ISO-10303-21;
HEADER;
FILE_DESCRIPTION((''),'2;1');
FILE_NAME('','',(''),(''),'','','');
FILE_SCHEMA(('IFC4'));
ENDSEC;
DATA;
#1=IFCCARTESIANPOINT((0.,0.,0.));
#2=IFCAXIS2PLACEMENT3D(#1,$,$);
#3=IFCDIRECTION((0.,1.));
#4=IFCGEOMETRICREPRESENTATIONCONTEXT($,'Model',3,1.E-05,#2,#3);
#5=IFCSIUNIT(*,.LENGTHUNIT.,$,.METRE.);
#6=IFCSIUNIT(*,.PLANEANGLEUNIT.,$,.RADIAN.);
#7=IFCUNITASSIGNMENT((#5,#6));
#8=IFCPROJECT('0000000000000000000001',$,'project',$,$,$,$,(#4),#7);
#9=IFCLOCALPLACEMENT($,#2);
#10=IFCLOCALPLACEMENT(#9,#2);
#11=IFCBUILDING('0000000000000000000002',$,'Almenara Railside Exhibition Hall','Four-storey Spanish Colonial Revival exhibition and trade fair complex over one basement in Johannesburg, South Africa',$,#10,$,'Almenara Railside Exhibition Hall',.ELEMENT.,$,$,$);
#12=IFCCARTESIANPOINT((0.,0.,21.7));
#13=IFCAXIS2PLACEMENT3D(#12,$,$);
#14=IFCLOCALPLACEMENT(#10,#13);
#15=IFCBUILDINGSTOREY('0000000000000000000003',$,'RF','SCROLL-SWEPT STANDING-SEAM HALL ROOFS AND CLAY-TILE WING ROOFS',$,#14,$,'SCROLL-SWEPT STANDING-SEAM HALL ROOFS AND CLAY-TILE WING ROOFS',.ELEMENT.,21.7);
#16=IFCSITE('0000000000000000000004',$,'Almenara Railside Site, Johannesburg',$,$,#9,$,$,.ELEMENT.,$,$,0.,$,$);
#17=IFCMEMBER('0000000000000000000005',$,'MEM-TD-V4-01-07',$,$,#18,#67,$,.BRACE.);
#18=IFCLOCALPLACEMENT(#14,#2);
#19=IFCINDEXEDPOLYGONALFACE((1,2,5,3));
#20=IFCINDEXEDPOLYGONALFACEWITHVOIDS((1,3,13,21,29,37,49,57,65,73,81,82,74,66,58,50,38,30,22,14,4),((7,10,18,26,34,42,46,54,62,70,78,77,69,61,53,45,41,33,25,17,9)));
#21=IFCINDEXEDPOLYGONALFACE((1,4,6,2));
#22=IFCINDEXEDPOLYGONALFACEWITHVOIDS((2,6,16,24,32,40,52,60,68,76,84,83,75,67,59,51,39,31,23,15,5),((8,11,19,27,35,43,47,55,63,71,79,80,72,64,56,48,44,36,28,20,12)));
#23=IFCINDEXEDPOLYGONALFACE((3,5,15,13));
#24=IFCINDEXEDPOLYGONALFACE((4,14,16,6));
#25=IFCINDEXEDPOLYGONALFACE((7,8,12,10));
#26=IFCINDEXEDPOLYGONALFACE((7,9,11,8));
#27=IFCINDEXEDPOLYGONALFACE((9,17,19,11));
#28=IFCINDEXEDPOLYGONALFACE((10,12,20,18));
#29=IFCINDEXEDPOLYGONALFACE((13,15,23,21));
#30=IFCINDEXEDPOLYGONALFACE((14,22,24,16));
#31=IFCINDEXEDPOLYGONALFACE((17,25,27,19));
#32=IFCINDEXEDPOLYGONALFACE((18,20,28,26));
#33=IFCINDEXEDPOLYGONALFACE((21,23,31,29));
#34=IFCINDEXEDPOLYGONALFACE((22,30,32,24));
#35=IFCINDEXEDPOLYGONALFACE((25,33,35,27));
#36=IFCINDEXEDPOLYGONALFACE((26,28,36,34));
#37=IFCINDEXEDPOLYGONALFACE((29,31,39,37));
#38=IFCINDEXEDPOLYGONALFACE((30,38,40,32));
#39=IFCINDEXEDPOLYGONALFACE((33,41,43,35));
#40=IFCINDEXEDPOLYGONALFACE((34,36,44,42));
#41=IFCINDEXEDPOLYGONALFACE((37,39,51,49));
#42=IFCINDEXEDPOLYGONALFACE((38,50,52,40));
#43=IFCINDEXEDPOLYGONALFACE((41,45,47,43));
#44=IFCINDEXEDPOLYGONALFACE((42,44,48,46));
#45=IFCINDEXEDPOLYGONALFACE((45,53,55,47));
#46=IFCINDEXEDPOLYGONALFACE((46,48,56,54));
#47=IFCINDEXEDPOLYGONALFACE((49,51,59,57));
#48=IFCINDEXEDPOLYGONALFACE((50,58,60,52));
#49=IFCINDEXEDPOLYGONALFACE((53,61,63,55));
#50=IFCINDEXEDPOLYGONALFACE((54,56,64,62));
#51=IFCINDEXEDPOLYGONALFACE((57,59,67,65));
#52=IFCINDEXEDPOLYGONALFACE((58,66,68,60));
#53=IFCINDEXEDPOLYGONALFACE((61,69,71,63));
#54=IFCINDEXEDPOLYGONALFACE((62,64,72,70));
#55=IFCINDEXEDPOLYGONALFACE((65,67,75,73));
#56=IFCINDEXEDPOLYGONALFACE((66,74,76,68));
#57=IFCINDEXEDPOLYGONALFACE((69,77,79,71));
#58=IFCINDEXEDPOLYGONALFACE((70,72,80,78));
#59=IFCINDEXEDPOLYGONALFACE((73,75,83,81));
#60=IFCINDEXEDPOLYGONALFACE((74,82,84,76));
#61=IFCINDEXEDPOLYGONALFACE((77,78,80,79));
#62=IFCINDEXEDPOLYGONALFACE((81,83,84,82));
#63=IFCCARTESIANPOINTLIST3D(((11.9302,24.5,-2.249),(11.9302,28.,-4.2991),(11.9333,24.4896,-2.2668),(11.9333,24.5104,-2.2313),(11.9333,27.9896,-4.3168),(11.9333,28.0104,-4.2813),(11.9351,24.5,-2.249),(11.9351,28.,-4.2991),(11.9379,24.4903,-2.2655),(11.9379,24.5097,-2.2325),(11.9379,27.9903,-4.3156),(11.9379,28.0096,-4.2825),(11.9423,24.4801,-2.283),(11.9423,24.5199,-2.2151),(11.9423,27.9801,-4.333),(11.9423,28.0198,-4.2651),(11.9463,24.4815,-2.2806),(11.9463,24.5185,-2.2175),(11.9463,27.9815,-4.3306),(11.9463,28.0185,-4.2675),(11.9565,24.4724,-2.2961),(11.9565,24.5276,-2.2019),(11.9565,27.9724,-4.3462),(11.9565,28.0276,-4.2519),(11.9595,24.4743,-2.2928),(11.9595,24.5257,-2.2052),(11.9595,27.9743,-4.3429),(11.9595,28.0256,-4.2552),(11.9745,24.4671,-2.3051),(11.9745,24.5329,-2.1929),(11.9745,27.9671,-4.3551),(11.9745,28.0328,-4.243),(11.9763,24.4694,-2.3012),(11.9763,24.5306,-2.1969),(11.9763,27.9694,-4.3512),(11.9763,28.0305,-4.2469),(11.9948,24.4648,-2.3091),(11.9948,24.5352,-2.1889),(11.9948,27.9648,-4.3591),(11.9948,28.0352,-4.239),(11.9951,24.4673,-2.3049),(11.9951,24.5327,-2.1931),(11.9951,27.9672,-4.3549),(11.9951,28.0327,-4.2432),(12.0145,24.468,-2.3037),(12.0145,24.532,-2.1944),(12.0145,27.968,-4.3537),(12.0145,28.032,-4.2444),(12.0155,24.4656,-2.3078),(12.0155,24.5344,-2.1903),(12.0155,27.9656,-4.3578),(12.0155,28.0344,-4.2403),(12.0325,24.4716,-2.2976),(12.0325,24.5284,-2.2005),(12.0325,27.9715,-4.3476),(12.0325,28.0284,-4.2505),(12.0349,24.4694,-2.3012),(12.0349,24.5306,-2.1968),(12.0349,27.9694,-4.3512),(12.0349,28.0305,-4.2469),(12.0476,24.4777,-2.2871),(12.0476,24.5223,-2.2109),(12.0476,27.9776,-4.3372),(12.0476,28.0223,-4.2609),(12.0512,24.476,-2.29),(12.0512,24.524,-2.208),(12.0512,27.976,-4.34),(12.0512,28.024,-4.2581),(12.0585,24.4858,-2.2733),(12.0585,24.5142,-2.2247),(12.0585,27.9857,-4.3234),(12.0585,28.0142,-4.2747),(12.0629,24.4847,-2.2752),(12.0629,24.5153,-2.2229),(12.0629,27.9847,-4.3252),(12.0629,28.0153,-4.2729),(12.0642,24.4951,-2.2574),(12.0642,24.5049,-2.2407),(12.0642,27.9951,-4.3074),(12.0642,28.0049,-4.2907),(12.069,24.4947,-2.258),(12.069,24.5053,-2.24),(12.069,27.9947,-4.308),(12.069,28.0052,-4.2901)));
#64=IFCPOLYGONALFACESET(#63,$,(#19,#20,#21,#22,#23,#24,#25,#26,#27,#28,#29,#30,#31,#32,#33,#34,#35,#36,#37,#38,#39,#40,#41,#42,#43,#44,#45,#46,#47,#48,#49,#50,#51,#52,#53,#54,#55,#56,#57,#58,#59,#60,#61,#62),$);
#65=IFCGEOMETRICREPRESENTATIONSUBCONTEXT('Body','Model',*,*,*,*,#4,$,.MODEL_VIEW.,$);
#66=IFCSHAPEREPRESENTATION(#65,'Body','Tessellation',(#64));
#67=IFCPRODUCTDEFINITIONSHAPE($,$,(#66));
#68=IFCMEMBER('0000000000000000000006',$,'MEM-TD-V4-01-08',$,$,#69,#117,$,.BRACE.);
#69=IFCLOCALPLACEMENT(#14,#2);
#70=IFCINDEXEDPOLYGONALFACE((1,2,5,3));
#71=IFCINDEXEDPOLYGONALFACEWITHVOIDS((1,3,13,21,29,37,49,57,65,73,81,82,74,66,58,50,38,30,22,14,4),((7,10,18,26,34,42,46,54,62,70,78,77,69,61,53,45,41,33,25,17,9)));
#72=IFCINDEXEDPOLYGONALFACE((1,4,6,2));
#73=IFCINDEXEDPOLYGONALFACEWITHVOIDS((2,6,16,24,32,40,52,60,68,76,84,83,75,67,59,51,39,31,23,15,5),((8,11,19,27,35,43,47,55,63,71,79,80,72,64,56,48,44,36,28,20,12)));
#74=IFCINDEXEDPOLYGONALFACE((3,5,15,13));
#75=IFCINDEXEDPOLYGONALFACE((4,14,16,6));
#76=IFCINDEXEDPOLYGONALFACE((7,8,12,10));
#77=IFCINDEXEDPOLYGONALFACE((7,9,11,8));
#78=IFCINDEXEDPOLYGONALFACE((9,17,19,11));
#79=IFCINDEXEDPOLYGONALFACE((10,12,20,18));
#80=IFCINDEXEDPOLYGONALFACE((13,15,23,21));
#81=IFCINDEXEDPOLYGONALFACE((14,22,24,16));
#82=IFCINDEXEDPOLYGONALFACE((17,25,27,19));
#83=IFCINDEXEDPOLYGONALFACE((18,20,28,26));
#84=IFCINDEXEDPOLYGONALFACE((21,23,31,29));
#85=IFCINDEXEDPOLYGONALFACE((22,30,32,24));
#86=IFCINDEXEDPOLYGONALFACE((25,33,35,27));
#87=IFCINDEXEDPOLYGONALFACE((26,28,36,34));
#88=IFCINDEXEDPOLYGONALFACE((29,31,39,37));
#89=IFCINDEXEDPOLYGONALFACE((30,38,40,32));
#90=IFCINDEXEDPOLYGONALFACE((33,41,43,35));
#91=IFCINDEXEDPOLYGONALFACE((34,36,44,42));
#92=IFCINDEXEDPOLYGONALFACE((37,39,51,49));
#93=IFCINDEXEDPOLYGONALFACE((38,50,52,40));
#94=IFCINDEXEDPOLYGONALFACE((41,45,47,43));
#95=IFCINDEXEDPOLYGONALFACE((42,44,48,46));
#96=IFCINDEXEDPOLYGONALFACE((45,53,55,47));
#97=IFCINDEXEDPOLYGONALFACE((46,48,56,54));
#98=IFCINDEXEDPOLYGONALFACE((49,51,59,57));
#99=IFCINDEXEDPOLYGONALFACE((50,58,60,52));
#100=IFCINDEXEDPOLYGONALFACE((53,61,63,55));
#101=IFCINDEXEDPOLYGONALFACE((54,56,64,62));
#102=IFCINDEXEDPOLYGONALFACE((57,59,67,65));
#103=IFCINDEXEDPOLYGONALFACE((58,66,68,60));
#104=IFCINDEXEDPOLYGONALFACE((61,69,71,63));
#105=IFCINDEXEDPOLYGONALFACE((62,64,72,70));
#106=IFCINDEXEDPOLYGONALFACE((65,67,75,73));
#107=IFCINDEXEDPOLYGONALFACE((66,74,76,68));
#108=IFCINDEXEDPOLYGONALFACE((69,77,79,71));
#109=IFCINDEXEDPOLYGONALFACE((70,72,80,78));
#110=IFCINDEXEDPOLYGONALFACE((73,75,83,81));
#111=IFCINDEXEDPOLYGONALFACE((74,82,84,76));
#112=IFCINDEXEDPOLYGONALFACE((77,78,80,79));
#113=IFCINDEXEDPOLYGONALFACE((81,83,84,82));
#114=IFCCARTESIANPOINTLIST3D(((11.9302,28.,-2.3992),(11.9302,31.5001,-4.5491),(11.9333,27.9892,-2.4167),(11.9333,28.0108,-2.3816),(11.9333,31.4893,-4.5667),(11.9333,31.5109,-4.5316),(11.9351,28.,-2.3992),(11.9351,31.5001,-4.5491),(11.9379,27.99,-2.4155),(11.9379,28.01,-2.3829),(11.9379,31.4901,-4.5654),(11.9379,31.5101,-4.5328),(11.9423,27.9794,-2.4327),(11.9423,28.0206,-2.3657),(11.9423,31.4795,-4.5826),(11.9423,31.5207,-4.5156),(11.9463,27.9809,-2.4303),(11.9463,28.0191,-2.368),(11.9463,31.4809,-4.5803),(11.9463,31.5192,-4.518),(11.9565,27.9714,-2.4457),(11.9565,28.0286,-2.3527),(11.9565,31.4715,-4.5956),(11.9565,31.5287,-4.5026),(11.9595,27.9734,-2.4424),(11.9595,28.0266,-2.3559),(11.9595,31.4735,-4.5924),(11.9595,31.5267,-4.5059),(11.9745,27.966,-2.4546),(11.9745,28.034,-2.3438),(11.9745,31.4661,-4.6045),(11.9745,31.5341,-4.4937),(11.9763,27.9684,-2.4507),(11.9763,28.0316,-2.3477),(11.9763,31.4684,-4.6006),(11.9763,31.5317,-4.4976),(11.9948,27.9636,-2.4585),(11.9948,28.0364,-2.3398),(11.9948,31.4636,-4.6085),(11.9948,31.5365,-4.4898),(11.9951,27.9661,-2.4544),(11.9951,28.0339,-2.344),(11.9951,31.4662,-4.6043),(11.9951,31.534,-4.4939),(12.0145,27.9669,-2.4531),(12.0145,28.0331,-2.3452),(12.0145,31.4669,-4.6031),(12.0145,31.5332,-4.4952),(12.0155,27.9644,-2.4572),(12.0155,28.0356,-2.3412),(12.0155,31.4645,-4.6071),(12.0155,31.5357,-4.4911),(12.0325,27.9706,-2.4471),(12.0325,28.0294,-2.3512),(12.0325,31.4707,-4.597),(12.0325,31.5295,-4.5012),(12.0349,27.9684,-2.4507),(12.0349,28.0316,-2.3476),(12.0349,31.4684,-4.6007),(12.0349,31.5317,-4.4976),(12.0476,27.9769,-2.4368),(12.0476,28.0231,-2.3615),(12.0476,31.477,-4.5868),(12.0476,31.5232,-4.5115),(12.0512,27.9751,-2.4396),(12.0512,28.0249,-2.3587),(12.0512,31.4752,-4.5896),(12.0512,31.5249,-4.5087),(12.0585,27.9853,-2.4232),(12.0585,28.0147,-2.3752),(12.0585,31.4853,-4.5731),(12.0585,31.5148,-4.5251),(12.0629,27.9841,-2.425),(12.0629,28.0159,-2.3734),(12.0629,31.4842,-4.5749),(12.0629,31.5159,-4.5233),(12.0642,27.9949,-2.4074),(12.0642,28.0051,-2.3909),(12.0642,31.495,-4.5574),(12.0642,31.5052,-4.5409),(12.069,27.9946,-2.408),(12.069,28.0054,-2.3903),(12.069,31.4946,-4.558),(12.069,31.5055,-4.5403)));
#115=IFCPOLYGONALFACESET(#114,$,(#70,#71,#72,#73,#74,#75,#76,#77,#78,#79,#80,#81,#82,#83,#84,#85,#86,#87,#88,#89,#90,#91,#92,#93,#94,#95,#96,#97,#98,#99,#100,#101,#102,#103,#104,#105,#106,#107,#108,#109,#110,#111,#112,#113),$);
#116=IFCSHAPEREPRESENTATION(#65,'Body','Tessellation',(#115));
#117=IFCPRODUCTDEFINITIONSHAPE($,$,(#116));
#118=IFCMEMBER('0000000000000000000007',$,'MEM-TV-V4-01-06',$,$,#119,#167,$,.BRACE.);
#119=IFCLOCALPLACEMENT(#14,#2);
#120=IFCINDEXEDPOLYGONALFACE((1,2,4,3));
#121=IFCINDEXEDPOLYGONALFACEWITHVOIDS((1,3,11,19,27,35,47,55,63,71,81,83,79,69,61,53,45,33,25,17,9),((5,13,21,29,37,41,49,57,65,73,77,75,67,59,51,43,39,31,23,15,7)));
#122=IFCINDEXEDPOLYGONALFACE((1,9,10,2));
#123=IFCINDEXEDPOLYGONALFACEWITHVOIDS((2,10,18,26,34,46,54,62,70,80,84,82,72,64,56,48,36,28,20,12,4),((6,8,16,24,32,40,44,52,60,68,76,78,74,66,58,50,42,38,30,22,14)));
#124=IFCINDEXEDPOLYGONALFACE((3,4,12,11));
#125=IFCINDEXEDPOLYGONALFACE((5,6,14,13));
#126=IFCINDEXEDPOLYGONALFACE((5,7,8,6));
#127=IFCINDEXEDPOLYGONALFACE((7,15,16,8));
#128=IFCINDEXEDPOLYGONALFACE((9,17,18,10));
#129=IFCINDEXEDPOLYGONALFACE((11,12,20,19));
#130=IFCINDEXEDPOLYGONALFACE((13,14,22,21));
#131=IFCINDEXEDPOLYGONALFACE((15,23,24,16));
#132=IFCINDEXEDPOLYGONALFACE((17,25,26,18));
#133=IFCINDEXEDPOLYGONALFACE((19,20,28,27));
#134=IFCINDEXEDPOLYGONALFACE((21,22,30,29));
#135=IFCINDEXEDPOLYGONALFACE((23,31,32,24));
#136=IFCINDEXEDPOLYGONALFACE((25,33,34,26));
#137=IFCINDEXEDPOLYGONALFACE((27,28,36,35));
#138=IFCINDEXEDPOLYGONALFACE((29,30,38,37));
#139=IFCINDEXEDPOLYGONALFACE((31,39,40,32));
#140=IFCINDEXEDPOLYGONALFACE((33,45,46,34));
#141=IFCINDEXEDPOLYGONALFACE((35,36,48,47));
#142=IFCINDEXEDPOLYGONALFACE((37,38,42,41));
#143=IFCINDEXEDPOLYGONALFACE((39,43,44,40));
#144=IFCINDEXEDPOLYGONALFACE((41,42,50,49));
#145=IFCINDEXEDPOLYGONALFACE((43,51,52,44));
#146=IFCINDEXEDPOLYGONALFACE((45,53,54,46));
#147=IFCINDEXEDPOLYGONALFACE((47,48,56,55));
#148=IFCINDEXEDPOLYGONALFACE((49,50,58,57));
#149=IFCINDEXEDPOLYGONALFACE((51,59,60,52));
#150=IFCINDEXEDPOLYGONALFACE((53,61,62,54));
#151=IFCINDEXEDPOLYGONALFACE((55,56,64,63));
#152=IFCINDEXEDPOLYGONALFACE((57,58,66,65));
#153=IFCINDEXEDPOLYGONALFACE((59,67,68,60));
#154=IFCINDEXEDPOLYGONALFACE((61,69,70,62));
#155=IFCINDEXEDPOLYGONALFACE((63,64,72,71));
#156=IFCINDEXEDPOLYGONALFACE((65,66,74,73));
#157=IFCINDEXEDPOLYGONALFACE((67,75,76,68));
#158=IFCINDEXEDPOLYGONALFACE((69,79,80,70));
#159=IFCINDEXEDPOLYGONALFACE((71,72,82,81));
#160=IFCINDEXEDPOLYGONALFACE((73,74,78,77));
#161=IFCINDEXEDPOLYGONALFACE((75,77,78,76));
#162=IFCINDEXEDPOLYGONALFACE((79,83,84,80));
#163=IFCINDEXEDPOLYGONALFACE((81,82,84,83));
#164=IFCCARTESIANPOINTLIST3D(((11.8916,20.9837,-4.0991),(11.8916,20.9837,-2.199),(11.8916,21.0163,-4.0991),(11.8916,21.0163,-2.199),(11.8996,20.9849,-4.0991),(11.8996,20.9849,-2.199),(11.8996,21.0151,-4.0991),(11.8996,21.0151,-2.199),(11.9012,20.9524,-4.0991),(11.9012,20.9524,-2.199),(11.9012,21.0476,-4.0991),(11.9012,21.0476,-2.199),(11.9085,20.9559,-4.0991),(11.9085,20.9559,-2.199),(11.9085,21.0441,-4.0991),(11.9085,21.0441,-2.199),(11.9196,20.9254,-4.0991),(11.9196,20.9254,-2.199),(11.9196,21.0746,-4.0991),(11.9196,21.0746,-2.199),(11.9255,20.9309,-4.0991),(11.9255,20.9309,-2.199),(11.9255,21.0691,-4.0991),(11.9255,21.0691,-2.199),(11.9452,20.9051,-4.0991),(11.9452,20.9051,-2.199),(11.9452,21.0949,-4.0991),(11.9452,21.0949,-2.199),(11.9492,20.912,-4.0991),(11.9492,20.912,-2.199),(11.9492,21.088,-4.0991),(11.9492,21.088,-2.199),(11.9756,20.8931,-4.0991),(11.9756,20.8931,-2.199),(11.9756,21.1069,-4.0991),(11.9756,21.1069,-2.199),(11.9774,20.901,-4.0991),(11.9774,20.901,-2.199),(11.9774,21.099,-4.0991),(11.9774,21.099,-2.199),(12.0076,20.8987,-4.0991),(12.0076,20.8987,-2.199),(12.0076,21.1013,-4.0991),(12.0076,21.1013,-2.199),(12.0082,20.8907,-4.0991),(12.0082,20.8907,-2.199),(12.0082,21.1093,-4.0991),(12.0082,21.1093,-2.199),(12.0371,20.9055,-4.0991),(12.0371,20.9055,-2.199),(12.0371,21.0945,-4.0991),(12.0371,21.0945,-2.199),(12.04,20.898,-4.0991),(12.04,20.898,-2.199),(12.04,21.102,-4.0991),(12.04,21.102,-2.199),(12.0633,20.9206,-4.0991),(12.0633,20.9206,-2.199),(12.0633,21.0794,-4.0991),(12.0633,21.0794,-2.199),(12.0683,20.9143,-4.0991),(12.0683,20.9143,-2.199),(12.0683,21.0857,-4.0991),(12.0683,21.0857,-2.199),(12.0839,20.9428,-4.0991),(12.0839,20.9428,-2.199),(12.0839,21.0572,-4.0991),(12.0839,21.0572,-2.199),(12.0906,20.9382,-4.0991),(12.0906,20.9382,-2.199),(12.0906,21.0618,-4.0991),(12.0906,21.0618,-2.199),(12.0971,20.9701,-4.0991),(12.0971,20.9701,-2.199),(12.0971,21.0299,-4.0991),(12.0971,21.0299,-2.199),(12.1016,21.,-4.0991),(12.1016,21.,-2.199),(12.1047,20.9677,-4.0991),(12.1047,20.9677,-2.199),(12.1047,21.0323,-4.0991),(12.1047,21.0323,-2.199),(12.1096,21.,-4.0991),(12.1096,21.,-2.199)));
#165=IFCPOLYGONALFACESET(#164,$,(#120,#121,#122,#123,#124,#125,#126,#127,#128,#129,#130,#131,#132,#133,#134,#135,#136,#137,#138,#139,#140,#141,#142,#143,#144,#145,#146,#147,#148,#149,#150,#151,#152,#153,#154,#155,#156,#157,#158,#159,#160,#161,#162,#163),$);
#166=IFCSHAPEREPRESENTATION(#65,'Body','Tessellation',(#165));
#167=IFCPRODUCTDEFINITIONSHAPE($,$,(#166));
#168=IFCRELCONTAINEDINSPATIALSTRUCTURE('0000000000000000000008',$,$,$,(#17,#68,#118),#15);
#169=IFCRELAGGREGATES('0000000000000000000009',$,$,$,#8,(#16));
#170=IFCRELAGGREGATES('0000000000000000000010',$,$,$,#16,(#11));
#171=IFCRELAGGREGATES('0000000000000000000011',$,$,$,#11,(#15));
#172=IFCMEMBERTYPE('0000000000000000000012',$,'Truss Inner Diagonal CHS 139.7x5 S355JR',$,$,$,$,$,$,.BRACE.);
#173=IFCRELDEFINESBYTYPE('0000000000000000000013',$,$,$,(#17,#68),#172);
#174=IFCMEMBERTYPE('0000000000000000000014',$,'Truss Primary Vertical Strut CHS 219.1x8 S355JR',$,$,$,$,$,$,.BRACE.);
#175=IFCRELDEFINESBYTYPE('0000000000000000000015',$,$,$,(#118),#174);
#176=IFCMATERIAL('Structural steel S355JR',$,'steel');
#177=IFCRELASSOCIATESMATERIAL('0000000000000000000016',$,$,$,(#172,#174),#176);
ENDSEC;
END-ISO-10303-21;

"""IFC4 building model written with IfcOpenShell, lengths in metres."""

from ifc_helpers import new_model, si_unit, direction, frame, origin, origin_2d, place, context, subcontext, project, spatial, hollow_circle, extrude, material, material_profile, profile_set, type_object, element, save


model = new_model("IFC4")

# Units and contexts
model_context = context("Model", 3, precision=1e-05, world=origin(), true_north=direction((0.0, 1.0)))
body_context = subcontext(model_context, "Body", "Model", "MODEL_VIEW")
ifc_project = project(units=[si_unit("LENGTHUNIT", "METRE"), si_unit("PLANEANGLEUNIT", "RADIAN")], contexts=[model_context])

# Site, building, storey
site_placement = place(None, origin())
site = spatial("IfcSite", under=ifc_project, at=site_placement, Name="Almenara Railside Site, Johannesburg", CompositionType="ELEMENT", RefElevation=0.0)
building_placement = place(site_placement, origin())
building = spatial("IfcBuilding", under=site, at=building_placement, Name="Almenara Railside Exhibition Hall", Description="Four-storey Spanish Colonial Revival exhibition and trade fair complex over one basement in Johannesburg, South Africa", LongName="Almenara Railside Exhibition Hall", CompositionType="ELEMENT")
storey_placement = place(building_placement, frame((0.0, 0.0, 21.7)))
storey = spatial("IfcBuildingStorey", under=building, at=storey_placement, Name="RF", Description="SCROLL-SWEPT STANDING-SEAM HALL ROOFS AND CLAY-TILE WING ROOFS", LongName="SCROLL-SWEPT STANDING-SEAM HALL ROOFS AND CLAY-TILE WING ROOFS", CompositionType="ELEMENT", Elevation=21.7)

# Members
ifc_material_1 = material(Name="Structural steel S355JR", Category="steel")
ifc_material_profile_1 = material_profile(ifc_material_1, hollow_circle(Radius=0.0698, WallThickness=0.0049, at=origin_2d()), Name="CHS 139.7x5")
ifc_profile_set_1 = profile_set([ifc_material_profile_1], Name="Structural steel S355JR")
member_type_1 = type_object("IfcMemberType", Name="Truss Inner Diagonal CHS 139.7x5 S355JR", PredefinedType="BRACE", material=ifc_profile_set_1)
member_1_placement = place(storey_placement, frame((12.0, 24.5, -2.249), z_axis=(0.0, 0.862878, -0.505412), x_axis=(-1.0, 0.0, 0.0)))
element("IfcMember", 1, at=member_1_placement, inside=storey, type_object=member_type_1, Name="MEM-TD-V4-01-07", PredefinedType="BRACE", context=body_context, shape_type="SweptSolid", body=[
    extrude(hollow_circle(Radius=0.0698, WallThickness=0.0049, at=origin_2d()), origin(), (0.0, 0.0, 1.0), 4.0562),
])
member_2_placement = place(storey_placement, frame((12.0, 28.0, -2.3992), z_axis=(0.0, 0.852087, -0.523401), x_axis=(-1.0, 0.0, 0.0)))
element("IfcMember", 2, at=member_2_placement, inside=storey, type_object=member_type_1, Name="MEM-TD-V4-01-08", PredefinedType="BRACE", context=body_context, shape_type="SweptSolid", body=[
    extrude(hollow_circle(Radius=0.0698, WallThickness=0.0049, at=origin_2d()), origin(), (0.0, 0.0, 1.0), 4.1077),
])
ifc_material_profile_2 = material_profile(ifc_material_1, hollow_circle(Radius=0.1096, WallThickness=0.0081, at=origin_2d()), Name="CHS 219.1x8")
ifc_profile_set_2 = profile_set([ifc_material_profile_2], Name="Structural steel S355JR")
member_type_2 = type_object("IfcMemberType", Name="Truss Primary Vertical Strut CHS 219.1x8 S355JR", PredefinedType="BRACE", material=ifc_profile_set_2)
member_3_placement = place(storey_placement, frame((12.0, 21.0, -4.0991), z_axis=(0.0, 0.0, 1.0), x_axis=(1.0, 0.0, 0.0)))
element("IfcMember", 3, at=member_3_placement, inside=storey, type_object=member_type_2, Name="MEM-TV-V4-01-06", PredefinedType="BRACE", context=body_context, shape_type="SweptSolid", body=[
    extrude(hollow_circle(Radius=0.1096, WallThickness=0.0081, at=origin_2d()), origin(), (0.0, 0.0, 1.0), 1.9001),
])

save(model, "model.ifc")
